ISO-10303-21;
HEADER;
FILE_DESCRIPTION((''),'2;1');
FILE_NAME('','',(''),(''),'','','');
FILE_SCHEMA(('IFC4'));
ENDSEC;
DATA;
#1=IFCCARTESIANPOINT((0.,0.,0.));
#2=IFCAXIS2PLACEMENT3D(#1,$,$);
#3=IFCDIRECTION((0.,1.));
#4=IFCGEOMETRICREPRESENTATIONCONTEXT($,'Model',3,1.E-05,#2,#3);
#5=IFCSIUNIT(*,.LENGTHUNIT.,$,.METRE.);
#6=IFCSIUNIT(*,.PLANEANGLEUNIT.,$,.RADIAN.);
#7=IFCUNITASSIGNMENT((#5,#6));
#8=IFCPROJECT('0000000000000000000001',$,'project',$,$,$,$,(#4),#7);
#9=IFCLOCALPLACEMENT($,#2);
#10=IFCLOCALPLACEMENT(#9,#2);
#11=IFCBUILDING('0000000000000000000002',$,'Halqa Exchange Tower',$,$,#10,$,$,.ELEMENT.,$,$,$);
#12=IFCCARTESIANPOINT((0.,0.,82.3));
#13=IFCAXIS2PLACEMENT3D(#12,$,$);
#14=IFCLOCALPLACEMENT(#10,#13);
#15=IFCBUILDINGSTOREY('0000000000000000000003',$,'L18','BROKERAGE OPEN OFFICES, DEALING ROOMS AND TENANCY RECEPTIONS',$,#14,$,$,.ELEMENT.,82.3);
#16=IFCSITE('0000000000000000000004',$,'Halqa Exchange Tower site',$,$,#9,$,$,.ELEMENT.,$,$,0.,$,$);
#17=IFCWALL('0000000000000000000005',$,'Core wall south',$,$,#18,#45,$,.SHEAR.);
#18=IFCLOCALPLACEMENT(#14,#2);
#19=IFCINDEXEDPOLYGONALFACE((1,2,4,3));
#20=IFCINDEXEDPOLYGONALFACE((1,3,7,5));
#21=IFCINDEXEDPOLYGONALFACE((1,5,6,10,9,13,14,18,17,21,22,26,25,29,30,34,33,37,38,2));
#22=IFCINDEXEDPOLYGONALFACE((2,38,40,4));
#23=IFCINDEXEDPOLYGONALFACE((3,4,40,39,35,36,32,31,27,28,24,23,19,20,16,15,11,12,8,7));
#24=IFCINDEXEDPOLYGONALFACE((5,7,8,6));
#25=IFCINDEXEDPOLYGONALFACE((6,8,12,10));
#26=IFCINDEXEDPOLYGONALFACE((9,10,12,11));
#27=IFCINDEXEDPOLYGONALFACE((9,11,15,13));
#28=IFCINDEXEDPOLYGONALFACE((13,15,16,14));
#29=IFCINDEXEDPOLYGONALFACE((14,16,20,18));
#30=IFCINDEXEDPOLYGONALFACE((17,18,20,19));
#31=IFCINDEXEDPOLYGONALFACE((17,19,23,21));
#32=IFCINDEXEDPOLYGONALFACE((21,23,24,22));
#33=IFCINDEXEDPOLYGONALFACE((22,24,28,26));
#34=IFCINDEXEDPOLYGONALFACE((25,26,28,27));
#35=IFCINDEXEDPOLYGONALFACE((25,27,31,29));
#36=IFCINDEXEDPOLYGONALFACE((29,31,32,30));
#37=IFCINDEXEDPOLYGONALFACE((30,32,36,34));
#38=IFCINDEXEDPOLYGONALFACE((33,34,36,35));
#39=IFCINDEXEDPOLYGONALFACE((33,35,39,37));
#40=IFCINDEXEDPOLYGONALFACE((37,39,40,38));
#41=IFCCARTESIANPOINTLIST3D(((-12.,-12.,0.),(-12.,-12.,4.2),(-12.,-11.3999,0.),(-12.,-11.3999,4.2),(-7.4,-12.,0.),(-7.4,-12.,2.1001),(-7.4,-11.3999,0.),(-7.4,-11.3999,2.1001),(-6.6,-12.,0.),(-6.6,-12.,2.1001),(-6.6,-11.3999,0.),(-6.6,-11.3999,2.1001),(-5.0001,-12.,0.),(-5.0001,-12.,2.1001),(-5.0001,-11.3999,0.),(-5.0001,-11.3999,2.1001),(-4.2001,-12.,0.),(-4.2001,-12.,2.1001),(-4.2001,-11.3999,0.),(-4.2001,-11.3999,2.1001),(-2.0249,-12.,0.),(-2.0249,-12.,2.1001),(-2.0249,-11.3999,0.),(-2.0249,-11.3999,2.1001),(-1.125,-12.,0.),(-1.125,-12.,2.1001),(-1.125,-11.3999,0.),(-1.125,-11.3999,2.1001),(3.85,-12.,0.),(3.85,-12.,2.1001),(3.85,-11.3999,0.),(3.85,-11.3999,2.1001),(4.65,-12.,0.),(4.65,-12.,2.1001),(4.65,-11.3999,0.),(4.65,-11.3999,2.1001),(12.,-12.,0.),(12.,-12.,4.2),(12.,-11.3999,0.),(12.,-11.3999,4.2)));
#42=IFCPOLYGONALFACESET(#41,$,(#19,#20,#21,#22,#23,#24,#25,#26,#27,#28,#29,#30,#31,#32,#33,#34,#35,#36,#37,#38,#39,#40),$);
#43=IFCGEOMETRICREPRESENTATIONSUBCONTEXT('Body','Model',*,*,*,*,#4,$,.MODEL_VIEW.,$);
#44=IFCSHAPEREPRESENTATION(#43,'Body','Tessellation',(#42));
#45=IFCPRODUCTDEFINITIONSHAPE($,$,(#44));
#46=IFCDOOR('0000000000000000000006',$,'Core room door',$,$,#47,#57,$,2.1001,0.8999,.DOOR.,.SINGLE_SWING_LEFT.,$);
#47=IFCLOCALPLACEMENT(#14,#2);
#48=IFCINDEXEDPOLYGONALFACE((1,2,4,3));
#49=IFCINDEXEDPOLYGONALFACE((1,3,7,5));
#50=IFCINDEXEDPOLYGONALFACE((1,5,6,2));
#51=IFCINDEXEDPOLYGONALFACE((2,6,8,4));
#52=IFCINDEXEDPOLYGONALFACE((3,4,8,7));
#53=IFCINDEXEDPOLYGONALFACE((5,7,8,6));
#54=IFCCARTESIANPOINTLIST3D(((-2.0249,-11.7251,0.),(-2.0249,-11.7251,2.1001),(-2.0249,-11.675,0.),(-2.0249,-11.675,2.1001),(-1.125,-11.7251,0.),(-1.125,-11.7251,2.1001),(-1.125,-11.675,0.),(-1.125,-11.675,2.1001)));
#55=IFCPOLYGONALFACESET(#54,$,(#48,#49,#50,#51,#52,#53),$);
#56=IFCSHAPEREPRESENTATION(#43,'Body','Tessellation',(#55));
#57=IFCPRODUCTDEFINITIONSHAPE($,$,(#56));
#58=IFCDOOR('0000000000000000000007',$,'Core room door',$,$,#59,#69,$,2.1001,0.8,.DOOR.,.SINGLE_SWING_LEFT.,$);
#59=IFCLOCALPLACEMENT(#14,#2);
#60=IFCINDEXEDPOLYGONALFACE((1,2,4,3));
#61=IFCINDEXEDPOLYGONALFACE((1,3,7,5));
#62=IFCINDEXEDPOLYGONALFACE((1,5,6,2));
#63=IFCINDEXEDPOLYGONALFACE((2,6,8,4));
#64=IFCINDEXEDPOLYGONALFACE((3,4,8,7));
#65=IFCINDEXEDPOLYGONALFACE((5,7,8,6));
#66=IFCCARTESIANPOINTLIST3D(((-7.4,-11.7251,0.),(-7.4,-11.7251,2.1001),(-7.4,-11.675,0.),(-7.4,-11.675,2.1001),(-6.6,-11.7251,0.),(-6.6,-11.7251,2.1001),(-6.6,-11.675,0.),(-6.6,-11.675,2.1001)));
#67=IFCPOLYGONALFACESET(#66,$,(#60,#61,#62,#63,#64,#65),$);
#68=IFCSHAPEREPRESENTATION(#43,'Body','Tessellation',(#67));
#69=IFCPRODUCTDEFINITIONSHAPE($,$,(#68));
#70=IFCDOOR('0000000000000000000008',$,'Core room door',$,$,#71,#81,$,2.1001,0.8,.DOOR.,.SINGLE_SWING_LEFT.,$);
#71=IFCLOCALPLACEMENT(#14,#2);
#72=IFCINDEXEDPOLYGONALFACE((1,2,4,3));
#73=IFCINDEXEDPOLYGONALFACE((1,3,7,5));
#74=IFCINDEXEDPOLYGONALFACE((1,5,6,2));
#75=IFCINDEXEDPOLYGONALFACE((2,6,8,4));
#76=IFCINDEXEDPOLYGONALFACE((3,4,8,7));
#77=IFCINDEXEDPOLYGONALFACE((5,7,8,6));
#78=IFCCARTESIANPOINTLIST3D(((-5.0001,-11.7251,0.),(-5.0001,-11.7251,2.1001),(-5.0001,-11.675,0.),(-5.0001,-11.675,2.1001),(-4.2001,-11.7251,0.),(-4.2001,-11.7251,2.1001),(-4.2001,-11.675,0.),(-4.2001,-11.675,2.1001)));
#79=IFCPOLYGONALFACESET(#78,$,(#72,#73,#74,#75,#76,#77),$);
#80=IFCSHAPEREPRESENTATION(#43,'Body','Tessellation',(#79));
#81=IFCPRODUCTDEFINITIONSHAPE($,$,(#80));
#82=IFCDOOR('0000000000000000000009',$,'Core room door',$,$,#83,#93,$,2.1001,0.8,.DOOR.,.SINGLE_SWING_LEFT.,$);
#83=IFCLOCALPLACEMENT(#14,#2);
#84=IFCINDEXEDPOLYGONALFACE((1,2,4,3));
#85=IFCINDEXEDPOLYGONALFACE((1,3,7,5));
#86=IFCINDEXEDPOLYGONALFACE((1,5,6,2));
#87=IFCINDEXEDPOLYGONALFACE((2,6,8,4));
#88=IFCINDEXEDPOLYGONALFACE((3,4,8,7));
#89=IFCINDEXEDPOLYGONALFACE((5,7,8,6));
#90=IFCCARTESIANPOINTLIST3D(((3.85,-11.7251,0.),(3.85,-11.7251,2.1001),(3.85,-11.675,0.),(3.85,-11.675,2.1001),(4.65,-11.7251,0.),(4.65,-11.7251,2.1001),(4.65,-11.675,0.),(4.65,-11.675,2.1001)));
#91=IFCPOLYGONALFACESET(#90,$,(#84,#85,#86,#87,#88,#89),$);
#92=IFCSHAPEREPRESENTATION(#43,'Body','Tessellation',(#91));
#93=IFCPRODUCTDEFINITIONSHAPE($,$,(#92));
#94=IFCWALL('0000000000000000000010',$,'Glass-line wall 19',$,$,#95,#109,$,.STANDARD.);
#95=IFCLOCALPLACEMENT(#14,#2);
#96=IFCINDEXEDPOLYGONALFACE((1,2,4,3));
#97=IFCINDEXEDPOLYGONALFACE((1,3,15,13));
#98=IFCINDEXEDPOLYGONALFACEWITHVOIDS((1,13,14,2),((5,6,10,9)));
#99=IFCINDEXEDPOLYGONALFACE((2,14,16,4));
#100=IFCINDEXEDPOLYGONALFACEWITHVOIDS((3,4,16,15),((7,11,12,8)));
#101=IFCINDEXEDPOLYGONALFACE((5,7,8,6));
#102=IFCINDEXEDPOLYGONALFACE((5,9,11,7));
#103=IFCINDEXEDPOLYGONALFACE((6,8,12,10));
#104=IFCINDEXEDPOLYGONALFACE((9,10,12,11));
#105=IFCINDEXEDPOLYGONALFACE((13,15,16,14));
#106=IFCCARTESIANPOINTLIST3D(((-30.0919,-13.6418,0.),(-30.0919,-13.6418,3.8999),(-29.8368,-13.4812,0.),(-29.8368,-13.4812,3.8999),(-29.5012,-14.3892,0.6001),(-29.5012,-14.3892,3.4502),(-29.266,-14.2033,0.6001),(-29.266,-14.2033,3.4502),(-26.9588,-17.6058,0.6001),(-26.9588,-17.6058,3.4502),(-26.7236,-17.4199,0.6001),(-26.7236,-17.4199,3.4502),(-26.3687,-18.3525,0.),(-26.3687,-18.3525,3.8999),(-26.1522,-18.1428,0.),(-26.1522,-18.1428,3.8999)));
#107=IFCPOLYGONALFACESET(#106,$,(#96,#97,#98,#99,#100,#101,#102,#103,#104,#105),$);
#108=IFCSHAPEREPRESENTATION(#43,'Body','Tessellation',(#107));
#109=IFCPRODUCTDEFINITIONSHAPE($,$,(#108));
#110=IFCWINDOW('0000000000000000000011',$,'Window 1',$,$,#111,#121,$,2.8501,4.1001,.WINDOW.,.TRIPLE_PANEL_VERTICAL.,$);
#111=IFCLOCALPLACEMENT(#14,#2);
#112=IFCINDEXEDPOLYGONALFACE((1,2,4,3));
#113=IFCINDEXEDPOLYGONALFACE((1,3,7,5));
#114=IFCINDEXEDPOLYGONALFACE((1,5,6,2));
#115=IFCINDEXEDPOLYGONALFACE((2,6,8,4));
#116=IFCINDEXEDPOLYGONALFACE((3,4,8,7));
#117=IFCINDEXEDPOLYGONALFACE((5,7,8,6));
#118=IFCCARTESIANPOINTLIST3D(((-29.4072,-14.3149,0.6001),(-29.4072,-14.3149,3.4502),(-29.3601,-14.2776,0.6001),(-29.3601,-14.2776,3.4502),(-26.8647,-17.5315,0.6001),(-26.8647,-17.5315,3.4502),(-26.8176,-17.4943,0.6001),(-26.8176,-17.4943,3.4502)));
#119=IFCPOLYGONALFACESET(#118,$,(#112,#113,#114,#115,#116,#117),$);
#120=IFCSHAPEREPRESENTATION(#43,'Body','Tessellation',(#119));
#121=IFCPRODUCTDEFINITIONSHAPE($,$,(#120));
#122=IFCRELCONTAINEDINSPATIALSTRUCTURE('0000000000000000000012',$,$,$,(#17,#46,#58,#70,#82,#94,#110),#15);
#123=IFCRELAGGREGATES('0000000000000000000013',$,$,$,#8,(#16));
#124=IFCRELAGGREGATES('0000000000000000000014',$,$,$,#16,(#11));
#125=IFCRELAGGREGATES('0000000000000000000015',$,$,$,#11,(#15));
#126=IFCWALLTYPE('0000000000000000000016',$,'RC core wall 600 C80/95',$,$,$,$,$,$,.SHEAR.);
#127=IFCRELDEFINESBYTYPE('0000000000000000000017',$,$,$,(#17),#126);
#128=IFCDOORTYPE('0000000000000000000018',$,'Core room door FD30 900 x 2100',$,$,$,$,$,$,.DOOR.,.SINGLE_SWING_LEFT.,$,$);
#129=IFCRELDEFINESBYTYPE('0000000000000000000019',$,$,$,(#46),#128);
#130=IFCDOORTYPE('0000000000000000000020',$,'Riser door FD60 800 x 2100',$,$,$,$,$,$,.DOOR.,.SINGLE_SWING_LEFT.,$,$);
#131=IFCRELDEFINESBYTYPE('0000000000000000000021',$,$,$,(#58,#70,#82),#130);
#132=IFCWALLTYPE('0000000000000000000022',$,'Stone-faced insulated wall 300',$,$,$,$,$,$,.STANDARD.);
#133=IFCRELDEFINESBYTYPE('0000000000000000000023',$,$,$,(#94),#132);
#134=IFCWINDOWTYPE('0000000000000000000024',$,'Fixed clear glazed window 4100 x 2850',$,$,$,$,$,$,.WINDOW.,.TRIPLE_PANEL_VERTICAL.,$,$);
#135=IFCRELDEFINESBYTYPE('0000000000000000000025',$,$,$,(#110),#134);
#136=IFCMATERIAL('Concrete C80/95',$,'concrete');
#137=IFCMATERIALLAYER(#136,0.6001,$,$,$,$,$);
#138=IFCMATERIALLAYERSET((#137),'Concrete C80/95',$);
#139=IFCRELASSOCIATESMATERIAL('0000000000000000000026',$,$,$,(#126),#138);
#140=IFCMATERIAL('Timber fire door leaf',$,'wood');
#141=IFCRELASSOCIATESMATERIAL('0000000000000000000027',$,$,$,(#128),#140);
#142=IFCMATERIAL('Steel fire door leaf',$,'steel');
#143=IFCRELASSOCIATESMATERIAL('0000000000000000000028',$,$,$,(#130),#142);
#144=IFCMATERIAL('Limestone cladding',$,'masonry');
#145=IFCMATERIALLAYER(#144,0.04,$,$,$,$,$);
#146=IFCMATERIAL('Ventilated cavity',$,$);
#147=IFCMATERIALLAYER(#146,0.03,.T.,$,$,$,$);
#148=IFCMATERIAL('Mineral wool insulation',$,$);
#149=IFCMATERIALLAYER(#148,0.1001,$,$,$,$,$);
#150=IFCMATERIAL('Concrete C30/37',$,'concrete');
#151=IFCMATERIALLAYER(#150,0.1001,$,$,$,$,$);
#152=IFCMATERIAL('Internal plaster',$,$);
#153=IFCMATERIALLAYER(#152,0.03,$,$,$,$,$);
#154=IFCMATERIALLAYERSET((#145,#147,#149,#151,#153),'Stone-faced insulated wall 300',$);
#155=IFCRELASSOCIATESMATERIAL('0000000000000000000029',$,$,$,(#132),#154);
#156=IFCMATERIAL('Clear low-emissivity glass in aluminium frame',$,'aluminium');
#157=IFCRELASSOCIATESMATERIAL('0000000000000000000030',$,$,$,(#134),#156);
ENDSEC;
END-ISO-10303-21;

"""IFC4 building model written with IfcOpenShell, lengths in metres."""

from ifc_helpers import new_model, si_unit, direction, frame, frame_2d, origin, place, context, subcontext, project, spatial, polyline, rectangle, outline, extrude, material, layer, layer_set, type_object, element, fill, save


model = new_model("IFC4")

# Units and contexts
model_context = context("Model", 3, precision=1e-05, world=origin(), true_north=direction((0.0, 1.0)))
body_context = subcontext(model_context, "Body", "Model", "MODEL_VIEW")
ifc_project = project(units=[si_unit("LENGTHUNIT", "METRE"), si_unit("PLANEANGLEUNIT", "RADIAN")], contexts=[model_context])

# Site, building, storey
site_placement = place(None, origin())
site = spatial("IfcSite", under=ifc_project, at=site_placement, Name="Halqa Exchange Tower site", CompositionType="ELEMENT", RefElevation=0.0)
building_placement = place(site_placement, origin())
building = spatial("IfcBuilding", under=site, at=building_placement, Name="Halqa Exchange Tower", CompositionType="ELEMENT")
storey_placement = place(building_placement, frame((0.0, 0.0, 82.3)))
storey = spatial("IfcBuildingStorey", under=building, at=storey_placement, Name="L18", Description="BROKERAGE OPEN OFFICES, DEALING ROOMS AND TENANCY RECEPTIONS", CompositionType="ELEMENT", Elevation=82.3)

# Shared definitions
ifc_material_1 = material(Name="Steel fire door leaf", Category="steel")

# Wall, openings, doors
ifc_material_2 = material(Name="Concrete C80/95", Category="concrete")
ifc_layer_1 = layer(ifc_material_2, 0.6001)
ifc_layer_set_1 = layer_set([ifc_layer_1], Name="Concrete C80/95")
wall_type_1 = type_object("IfcWallType", Name="RC core wall 600 C80/95", PredefinedType="SHEAR", material=ifc_layer_set_1)
wall_1_placement = place(storey_placement, frame((-12.0, -11.7, 0.0), z_axis=(0.0, 0.0, 1.0), x_axis=(1.0, 0.0, 0.0)))
wall_1 = element("IfcWall", 1, at=wall_1_placement, inside=storey, type_object=wall_type_1, Name="Core wall south", PredefinedType="SHEAR", context=body_context, shape_type="SweptSolid", body=[
    extrude(rectangle(XDim=24.0, YDim=0.6001, at=frame_2d((12.0, 0.0))), origin(), (0.0, 0.0, 1.0), 4.2),
])
opening_1_placement = place(wall_1_placement, frame((9.9751, 0.0, 0.0)))
opening_1 = element("IfcOpeningElement", 2, at=opening_1_placement, cuts=wall_1, PredefinedType="OPENING", context=body_context, shape_type="SweptSolid", body=[
    extrude(rectangle(XDim=0.8999, YDim=2.1001, at=frame_2d((0.45, 1.05))), frame((0.0, 0.312, 0.0), z_axis=(0.0, -1.0, 0.0), x_axis=(1.0, 0.0, 0.0)), (0.0, 0.0, 1.0), 0.624),
])
opening_2_placement = place(wall_1_placement, frame((4.6001, 0.0, 0.0)))
opening_2 = element("IfcOpeningElement", 3, at=opening_2_placement, cuts=wall_1, PredefinedType="OPENING", context=body_context, shape_type="SweptSolid", body=[
    extrude(rectangle(XDim=0.8, YDim=2.1001, at=frame_2d((0.3999, 1.05))), frame((0.0, 0.312, 0.0), z_axis=(0.0, -1.0, 0.0), x_axis=(1.0, 0.0, 0.0)), (0.0, 0.0, 1.0), 0.624),
])
opening_3_placement = place(wall_1_placement, frame((7.0, 0.0, 0.0)))
opening_3 = element("IfcOpeningElement", 4, at=opening_3_placement, cuts=wall_1, PredefinedType="OPENING", context=body_context, shape_type="SweptSolid", body=[
    extrude(rectangle(XDim=0.8, YDim=2.1001, at=frame_2d((0.3999, 1.05))), frame((0.0, 0.312, 0.0), z_axis=(0.0, -1.0, 0.0), x_axis=(1.0, 0.0, 0.0)), (0.0, 0.0, 1.0), 0.624),
])
opening_4_placement = place(wall_1_placement, frame((15.8501, 0.0, 0.0)))
opening_4 = element("IfcOpeningElement", 5, at=opening_4_placement, cuts=wall_1, PredefinedType="OPENING", context=body_context, shape_type="SweptSolid", body=[
    extrude(rectangle(XDim=0.8, YDim=2.1001, at=frame_2d((0.3999, 1.05))), frame((0.0, 0.312, 0.0), z_axis=(0.0, -1.0, 0.0), x_axis=(1.0, 0.0, 0.0)), (0.0, 0.0, 1.0), 0.624),
])
ifc_material_3 = material(Name="Timber fire door leaf", Category="wood")
door_type_1 = type_object("IfcDoorType", Name="Core room door FD30 900 x 2100", OperationType="SINGLE_SWING_LEFT", PredefinedType="DOOR", material=ifc_material_3)
door_1_placement = place(opening_1_placement, origin())
door_1 = element("IfcDoor", 6, at=door_1_placement, inside=storey, type_object=door_type_1, Name="Core room door", OperationType="SINGLE_SWING_LEFT", OverallHeight=2.1001, OverallWidth=0.8999, PredefinedType="DOOR", context=body_context, shape_type="SweptSolid", body=[
    extrude(rectangle(XDim=0.8999, YDim=2.1001, at=frame_2d((0.45, 1.05))), frame((0.0, 0.0249, 0.0), z_axis=(0.0, -1.0, 0.0), x_axis=(1.0, 0.0, 0.0)), (0.0, 0.0, 1.0), 0.05),
])
fill(opening_1, door_1)
door_type_2 = type_object("IfcDoorType", Name="Riser door FD60 800 x 2100", OperationType="SINGLE_SWING_LEFT", PredefinedType="DOOR", material=ifc_material_1)
door_2_placement = place(opening_2_placement, origin())
door_2 = element("IfcDoor", 7, at=door_2_placement, inside=storey, type_object=door_type_2, Name="Core room door", OperationType="SINGLE_SWING_LEFT", OverallHeight=2.1001, OverallWidth=0.8, PredefinedType="DOOR", context=body_context, shape_type="SweptSolid", body=[
    extrude(rectangle(XDim=0.8, YDim=2.1001, at=frame_2d((0.3999, 1.05))), frame((0.0, 0.0249, 0.0), z_axis=(0.0, -1.0, 0.0), x_axis=(1.0, 0.0, 0.0)), (0.0, 0.0, 1.0), 0.05),
])
fill(opening_2, door_2)
door_3_placement = place(opening_3_placement, origin())
door_3 = element("IfcDoor", 8, at=door_3_placement, inside=storey, type_object=door_type_2, Name="Core room door", OperationType="SINGLE_SWING_LEFT", OverallHeight=2.1001, OverallWidth=0.8, PredefinedType="DOOR", context=body_context, shape_type="SweptSolid", body=[
    extrude(rectangle(XDim=0.8, YDim=2.1001, at=frame_2d((0.3999, 1.05))), frame((0.0, 0.0249, 0.0), z_axis=(0.0, -1.0, 0.0), x_axis=(1.0, 0.0, 0.0)), (0.0, 0.0, 1.0), 0.05),
])
fill(opening_3, door_3)
door_4_placement = place(opening_4_placement, origin())
door_4 = element("IfcDoor", 9, at=door_4_placement, inside=storey, type_object=door_type_2, Name="Core room door", OperationType="SINGLE_SWING_LEFT", OverallHeight=2.1001, OverallWidth=0.8, PredefinedType="DOOR", context=body_context, shape_type="SweptSolid", body=[
    extrude(rectangle(XDim=0.8, YDim=2.1001, at=frame_2d((0.3999, 1.05))), frame((0.0, 0.0249, 0.0), z_axis=(0.0, -1.0, 0.0), x_axis=(1.0, 0.0, 0.0)), (0.0, 0.0, 1.0), 0.05),
])
fill(opening_4, door_4)

# Wall, opening, window
ifc_material_4 = material(Name="Limestone cladding", Category="masonry")
ifc_layer_2 = layer(ifc_material_4, 0.04)
ifc_material_5 = material(Name="Ventilated cavity")
ifc_layer_3 = layer(ifc_material_5, 0.03, ventilated=True)
ifc_material_6 = material(Name="Mineral wool insulation")
ifc_layer_4 = layer(ifc_material_6, 0.1001)
ifc_material_7 = material(Name="Concrete C30/37", Category="concrete")
ifc_layer_5 = layer(ifc_material_7, 0.1001)
ifc_material_8 = material(Name="Internal plaster")
ifc_layer_6 = layer(ifc_material_8, 0.03)
ifc_layer_set_2 = layer_set([ifc_layer_2, ifc_layer_3, ifc_layer_4, ifc_layer_5, ifc_layer_6], Name="Stone-faced insulated wall 300")
wall_type_2 = type_object("IfcWallType", Name="Stone-faced insulated wall 300", PredefinedType="STANDARD", material=ifc_layer_set_2)
wall_2_placement = place(storey_placement, frame((-29.9644, -13.5615, 0.0), z_axis=(0.0, 0.0, 1.0), x_axis=(0.620093, -0.784528, 0.0)))
wall_2 = element("IfcWall", 10, at=wall_2_placement, inside=storey, type_object=wall_type_2, Name="Glass-line wall 19", PredefinedType="STANDARD", context=body_context, shape_type="SweptSolid", body=[
    extrude(outline(polyline([(-0.0161, -0.1499), (5.9883, -0.1499), (5.958, 0.1499), (0.0161, 0.1499), (-0.0161, -0.1499)])), origin(), (0.0, 0.0, 1.0), 3.8999),
])
opening_5_placement = place(wall_2_placement, frame((0.9365, 0.0, 0.6001)))
opening_5 = element("IfcOpeningElement", 11, at=opening_5_placement, cuts=wall_2, PredefinedType="OPENING", context=body_context, shape_type="SweptSolid", body=[
    extrude(rectangle(XDim=4.1001, YDim=2.8501, at=frame_2d((2.05, 1.425))), frame((0.0, 0.1621, 0.0), z_axis=(0.0, -1.0, 0.0), x_axis=(1.0, 0.0, 0.0)), (0.0, 0.0, 1.0), 0.324),
])
ifc_material_9 = material(Name="Clear low-emissivity glass in aluminium frame", Category="aluminium")
window_type = type_object("IfcWindowType", Name="Fixed clear glazed window 4100 x 2850", PartitioningType="TRIPLE_PANEL_VERTICAL", PredefinedType="WINDOW", material=ifc_material_9)
window_placement = place(opening_5_placement, origin())
window = element("IfcWindow", 12, at=window_placement, inside=storey, type_object=window_type, Name="Window 1", OverallHeight=2.8501, OverallWidth=4.1001, PartitioningType="TRIPLE_PANEL_VERTICAL", PredefinedType="WINDOW", context=body_context, shape_type="SweptSolid", body=[
    extrude(rectangle(XDim=4.1001, YDim=2.8501, at=frame_2d((2.05, 1.425))), frame((0.0, 0.03, 0.0), z_axis=(0.0, -1.0, 0.0), x_axis=(1.0, 0.0, 0.0)), (0.0, 0.0, 1.0), 0.0601),
])
fill(opening_5, window)

save(model, "model.ifc")
